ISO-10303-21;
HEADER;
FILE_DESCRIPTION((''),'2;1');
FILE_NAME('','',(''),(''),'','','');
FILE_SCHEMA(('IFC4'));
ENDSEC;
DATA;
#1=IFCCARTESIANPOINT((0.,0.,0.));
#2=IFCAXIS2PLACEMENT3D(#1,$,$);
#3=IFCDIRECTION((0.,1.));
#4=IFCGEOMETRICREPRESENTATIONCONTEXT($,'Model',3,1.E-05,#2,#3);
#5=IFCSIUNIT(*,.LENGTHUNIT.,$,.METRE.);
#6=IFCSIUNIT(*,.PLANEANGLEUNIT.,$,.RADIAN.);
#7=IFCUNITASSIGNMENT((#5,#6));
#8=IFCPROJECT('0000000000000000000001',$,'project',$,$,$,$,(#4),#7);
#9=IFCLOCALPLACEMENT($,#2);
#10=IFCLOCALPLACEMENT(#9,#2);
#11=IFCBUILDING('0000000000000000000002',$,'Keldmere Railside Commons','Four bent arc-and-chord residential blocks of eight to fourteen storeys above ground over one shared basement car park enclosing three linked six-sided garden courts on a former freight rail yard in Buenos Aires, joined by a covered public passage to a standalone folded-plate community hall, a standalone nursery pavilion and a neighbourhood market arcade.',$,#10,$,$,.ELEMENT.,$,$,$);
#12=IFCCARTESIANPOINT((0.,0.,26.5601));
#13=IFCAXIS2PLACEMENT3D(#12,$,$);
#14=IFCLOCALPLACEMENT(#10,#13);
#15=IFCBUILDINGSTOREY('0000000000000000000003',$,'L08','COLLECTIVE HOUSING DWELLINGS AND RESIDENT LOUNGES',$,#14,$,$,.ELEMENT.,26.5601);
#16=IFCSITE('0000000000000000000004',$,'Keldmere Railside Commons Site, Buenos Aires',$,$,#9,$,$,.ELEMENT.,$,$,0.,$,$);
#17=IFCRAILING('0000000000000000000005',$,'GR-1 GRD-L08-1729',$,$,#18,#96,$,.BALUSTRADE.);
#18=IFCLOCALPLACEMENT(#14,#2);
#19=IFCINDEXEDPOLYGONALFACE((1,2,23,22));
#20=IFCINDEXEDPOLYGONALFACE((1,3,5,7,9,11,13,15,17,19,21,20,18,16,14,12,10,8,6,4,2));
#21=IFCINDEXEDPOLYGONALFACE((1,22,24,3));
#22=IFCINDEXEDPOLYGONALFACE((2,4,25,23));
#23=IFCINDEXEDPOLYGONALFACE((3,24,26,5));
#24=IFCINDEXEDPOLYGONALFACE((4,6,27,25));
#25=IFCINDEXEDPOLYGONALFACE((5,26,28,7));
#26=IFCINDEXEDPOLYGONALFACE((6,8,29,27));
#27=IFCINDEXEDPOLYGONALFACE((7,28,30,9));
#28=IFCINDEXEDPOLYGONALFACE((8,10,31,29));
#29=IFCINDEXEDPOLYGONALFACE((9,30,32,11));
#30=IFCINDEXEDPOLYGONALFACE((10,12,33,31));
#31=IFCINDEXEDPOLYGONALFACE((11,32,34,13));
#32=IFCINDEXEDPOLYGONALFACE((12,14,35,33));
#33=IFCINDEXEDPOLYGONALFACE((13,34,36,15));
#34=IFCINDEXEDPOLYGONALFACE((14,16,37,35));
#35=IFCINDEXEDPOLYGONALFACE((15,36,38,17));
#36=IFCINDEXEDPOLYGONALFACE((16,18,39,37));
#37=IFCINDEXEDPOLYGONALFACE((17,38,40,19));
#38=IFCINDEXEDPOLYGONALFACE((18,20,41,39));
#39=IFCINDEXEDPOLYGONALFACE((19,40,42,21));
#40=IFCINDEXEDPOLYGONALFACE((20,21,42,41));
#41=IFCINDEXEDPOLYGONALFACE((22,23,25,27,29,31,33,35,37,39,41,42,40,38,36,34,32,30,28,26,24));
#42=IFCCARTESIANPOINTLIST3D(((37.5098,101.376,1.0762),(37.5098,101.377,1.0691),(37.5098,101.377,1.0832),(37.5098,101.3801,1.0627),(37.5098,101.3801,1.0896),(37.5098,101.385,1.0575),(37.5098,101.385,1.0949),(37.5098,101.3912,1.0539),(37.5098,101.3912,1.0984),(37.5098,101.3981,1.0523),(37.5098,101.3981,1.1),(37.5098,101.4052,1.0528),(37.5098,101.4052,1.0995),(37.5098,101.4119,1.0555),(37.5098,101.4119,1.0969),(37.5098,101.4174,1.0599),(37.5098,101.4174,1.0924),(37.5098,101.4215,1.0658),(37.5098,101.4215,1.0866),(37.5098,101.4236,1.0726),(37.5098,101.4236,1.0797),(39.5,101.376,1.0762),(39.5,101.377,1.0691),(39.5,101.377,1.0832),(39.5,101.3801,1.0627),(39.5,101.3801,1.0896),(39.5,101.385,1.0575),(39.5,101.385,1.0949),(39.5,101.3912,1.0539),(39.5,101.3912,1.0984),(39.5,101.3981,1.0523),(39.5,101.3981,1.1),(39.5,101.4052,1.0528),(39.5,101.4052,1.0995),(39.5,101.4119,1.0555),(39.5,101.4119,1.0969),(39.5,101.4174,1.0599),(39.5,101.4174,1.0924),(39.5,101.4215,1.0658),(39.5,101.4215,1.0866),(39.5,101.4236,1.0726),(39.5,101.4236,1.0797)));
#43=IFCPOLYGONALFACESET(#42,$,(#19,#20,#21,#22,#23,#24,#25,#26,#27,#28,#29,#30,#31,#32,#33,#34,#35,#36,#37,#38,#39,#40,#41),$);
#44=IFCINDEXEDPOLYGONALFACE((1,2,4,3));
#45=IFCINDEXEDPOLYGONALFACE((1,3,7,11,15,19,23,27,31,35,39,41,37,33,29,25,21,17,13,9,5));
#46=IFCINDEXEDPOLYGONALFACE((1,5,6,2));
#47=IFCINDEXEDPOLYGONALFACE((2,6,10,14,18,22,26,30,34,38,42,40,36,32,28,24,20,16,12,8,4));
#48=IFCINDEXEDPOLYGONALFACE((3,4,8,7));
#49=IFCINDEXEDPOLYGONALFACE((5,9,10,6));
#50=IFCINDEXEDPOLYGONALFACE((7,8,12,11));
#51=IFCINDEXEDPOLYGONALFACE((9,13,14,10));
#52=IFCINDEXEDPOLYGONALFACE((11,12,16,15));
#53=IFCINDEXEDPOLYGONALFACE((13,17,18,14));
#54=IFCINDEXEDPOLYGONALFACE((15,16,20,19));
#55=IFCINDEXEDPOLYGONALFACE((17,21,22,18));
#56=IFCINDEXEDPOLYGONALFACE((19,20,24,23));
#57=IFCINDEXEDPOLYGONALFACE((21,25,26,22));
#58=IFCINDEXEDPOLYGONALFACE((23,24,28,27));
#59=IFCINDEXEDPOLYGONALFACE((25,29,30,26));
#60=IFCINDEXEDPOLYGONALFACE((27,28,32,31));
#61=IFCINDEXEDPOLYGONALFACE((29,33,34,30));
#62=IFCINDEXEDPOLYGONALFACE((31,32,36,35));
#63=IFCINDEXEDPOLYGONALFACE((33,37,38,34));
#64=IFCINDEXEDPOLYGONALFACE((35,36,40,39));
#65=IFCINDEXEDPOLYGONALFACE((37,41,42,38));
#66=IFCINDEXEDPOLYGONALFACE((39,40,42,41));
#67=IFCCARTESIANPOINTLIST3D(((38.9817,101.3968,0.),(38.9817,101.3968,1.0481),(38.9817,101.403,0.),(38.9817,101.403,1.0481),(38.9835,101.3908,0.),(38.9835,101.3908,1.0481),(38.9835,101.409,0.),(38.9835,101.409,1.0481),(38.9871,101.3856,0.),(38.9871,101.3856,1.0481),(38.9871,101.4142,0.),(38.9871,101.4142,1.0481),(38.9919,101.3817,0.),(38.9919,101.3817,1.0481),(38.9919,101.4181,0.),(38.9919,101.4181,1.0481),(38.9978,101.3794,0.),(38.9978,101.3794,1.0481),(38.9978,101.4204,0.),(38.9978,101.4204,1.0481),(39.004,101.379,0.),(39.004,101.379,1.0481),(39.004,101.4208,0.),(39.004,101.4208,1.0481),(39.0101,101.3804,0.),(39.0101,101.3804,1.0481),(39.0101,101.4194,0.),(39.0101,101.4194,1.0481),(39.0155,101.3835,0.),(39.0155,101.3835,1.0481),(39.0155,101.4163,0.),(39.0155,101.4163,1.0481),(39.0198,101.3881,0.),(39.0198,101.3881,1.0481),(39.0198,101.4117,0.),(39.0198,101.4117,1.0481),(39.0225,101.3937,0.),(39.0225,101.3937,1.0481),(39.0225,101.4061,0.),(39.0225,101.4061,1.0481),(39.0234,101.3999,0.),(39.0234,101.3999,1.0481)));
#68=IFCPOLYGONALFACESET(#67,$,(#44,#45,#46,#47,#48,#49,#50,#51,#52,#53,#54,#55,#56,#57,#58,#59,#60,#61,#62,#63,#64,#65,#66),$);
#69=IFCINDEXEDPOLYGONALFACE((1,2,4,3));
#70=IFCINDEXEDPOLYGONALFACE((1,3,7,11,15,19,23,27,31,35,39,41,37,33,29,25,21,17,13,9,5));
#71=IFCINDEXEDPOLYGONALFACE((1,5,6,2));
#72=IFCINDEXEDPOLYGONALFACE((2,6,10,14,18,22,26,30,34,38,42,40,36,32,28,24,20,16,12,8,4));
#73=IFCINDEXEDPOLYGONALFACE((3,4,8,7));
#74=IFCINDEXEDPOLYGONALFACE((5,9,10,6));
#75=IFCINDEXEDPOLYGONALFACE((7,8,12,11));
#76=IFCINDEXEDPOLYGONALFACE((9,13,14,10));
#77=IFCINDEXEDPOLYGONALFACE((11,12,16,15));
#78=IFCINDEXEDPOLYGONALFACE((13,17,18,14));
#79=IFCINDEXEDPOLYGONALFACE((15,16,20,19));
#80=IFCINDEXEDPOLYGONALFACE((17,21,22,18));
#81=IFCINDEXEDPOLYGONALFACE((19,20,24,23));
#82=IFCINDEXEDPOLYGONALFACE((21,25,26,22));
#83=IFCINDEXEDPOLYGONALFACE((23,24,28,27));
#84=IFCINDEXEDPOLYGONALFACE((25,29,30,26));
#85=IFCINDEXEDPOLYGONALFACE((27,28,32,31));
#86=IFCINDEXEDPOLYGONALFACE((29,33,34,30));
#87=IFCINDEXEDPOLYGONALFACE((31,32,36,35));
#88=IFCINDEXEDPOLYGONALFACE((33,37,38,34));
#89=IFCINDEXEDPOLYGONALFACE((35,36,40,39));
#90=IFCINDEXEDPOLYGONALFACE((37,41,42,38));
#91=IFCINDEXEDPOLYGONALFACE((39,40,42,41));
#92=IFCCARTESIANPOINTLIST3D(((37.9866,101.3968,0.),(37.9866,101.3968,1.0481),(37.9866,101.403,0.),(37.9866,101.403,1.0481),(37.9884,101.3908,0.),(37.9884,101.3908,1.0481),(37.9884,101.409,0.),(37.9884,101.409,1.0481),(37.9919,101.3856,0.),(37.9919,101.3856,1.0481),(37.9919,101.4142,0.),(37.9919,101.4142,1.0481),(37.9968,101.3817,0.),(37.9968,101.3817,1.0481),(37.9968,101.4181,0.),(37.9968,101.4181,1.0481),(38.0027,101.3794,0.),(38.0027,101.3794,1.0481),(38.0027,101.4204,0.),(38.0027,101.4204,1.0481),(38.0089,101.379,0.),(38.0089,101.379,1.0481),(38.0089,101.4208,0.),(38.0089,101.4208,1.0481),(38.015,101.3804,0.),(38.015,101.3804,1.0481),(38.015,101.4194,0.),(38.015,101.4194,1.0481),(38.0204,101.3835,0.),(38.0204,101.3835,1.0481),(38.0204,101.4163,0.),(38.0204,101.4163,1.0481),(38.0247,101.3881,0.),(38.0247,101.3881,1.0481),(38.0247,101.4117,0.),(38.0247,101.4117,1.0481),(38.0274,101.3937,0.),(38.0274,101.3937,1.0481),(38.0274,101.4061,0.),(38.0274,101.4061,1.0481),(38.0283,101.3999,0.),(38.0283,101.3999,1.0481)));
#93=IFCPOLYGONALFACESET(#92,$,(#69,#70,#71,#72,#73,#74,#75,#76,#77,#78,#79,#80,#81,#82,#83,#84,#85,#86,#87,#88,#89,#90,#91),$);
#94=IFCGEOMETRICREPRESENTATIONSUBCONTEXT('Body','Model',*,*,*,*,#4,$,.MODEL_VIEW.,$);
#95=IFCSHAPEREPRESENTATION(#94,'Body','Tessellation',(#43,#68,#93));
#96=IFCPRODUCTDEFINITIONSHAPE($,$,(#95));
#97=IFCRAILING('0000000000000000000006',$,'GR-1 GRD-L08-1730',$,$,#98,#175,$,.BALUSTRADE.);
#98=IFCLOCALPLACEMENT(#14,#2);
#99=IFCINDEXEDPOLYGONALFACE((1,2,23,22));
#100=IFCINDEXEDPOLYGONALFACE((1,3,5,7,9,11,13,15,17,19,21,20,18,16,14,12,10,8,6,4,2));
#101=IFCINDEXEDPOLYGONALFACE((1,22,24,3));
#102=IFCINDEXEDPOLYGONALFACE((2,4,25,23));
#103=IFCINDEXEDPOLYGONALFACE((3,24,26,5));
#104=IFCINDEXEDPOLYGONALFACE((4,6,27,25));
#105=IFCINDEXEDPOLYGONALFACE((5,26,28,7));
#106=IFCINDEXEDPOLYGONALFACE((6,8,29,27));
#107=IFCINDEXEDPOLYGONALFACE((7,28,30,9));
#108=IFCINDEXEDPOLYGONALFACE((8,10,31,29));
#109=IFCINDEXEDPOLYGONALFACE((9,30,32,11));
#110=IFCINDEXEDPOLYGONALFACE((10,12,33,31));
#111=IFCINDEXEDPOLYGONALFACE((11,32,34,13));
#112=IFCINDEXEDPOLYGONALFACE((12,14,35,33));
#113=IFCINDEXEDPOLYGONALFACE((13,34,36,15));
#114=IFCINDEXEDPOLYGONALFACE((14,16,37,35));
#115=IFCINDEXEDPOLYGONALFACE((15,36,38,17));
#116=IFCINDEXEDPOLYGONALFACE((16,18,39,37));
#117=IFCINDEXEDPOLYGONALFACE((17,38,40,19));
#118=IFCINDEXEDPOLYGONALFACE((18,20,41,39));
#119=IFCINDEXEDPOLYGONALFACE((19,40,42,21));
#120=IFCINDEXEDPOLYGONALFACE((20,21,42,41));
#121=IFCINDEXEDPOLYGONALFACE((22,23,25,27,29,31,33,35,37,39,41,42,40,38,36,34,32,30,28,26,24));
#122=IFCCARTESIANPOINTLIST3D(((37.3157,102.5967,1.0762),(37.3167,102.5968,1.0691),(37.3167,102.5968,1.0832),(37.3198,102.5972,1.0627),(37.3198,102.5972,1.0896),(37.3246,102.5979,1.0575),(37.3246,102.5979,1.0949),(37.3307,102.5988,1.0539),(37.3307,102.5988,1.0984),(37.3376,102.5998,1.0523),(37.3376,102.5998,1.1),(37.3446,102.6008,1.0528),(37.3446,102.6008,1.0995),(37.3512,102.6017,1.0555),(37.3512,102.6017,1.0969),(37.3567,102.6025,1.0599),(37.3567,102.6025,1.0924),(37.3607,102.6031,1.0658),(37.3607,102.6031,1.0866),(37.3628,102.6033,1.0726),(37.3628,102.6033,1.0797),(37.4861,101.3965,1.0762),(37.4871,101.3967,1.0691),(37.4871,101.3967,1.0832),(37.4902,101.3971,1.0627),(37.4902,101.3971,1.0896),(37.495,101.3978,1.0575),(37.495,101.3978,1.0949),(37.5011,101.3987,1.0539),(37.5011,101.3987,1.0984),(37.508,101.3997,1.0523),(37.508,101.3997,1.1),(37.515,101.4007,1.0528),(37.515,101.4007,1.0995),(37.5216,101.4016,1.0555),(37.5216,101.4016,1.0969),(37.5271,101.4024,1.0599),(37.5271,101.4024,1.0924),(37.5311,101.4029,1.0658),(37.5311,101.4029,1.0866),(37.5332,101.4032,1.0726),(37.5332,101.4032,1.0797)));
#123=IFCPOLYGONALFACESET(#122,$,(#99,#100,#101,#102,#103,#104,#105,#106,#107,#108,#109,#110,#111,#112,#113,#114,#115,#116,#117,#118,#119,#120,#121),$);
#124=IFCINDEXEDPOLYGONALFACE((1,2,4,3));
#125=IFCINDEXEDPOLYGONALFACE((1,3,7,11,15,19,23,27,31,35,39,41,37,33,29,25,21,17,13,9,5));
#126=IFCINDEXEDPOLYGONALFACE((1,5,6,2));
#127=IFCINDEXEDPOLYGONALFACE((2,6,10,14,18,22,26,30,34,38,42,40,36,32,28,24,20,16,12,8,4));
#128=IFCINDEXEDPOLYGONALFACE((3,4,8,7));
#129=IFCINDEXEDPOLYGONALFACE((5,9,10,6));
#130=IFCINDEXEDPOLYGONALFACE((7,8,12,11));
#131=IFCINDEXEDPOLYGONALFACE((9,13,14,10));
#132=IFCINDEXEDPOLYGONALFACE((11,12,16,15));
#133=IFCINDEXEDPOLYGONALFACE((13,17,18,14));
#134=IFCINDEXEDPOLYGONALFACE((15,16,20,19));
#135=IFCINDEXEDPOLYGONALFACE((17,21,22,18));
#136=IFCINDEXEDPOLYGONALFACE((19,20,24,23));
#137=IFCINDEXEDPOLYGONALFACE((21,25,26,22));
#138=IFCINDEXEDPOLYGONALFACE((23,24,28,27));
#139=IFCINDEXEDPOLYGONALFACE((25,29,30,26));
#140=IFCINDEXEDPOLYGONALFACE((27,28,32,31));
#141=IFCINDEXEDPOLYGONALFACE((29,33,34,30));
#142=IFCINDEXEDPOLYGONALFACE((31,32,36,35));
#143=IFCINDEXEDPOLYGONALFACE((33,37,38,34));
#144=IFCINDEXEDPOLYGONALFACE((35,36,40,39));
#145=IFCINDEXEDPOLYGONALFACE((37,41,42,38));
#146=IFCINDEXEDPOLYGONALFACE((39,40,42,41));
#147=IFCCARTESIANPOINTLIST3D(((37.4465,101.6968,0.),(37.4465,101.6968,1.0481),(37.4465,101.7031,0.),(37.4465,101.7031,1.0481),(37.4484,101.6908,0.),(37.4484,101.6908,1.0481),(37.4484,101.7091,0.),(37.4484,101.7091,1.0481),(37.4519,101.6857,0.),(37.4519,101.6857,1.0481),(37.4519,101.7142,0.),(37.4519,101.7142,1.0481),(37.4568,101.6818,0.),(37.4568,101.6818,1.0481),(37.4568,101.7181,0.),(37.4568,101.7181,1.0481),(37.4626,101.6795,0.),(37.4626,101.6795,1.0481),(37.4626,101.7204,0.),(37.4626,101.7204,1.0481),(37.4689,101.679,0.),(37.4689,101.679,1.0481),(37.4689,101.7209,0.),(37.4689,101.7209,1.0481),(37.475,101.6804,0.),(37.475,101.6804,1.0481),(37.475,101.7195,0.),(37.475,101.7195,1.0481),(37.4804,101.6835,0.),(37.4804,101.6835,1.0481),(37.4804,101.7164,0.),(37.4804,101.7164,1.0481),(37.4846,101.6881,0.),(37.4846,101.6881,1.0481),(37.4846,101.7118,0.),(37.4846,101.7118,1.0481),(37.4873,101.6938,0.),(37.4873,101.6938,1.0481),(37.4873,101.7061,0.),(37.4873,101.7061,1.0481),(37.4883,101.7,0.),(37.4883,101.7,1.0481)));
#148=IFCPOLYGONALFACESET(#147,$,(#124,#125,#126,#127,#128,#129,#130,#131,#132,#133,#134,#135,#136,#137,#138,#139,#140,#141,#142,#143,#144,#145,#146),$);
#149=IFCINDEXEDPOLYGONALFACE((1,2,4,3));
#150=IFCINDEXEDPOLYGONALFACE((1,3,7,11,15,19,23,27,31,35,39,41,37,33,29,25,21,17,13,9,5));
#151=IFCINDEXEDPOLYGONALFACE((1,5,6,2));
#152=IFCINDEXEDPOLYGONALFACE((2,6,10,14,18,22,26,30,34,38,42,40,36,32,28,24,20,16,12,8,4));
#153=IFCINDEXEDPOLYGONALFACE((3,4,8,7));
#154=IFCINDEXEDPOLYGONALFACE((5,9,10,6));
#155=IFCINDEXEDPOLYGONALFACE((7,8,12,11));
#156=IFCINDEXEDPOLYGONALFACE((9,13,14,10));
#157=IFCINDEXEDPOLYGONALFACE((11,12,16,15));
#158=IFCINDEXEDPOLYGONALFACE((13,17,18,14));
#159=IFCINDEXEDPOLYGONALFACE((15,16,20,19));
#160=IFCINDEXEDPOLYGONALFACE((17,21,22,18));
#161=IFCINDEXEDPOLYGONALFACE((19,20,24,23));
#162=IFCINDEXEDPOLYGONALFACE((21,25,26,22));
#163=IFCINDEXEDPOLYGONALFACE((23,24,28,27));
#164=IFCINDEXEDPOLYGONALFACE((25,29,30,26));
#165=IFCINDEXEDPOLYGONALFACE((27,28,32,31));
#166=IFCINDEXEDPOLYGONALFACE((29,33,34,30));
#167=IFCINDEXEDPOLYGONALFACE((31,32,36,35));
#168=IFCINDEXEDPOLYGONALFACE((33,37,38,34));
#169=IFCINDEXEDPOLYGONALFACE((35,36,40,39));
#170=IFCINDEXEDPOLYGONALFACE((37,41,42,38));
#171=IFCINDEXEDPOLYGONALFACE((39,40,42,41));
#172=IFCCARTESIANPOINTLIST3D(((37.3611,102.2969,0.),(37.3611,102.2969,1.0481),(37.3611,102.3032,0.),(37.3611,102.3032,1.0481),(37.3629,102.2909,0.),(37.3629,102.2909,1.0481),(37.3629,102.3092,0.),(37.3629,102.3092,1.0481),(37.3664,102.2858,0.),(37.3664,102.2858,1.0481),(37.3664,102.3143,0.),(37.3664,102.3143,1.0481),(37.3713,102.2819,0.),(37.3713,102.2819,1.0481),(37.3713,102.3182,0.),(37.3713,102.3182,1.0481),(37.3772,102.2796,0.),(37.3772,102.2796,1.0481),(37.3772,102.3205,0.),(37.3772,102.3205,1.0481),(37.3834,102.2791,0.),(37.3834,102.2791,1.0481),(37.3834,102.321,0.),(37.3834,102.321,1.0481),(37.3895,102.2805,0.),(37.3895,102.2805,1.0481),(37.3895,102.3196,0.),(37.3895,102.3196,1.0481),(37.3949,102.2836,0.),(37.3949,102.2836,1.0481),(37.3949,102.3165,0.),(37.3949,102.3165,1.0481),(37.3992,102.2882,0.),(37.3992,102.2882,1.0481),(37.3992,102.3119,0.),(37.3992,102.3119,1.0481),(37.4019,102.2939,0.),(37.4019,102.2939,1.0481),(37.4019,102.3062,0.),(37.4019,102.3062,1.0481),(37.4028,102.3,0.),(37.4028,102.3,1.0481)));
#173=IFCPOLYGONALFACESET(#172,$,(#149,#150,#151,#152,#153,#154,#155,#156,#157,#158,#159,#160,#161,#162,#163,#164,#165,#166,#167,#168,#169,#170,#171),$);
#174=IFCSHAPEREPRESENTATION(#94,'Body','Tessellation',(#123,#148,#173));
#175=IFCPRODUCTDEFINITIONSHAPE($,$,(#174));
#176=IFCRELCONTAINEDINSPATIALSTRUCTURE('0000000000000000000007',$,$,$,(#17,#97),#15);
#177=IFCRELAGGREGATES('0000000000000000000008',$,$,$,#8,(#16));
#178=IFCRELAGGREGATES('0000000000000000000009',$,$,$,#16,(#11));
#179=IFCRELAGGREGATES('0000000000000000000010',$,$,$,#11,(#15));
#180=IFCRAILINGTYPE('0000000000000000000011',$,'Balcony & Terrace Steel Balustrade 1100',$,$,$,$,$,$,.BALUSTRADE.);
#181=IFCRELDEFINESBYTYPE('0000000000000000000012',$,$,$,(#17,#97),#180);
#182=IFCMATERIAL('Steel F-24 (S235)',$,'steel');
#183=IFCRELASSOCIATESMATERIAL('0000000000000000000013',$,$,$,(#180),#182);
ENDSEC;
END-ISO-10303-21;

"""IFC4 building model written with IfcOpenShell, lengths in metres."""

from ifc_helpers import new_model, si_unit, direction, frame, origin, origin_2d, place, context, subcontext, project, spatial, circle, extrude, material, type_object, element, save


model = new_model("IFC4")

# Units and contexts
model_context = context("Model", 3, precision=1e-05, world=origin(), true_north=direction((0.0, 1.0)))
body_context = subcontext(model_context, "Body", "Model", "MODEL_VIEW")
ifc_project = project(units=[si_unit("LENGTHUNIT", "METRE"), si_unit("PLANEANGLEUNIT", "RADIAN")], contexts=[model_context])

# Site, building, storey
site_placement = place(None, origin())
site = spatial("IfcSite", under=ifc_project, at=site_placement, Name="Keldmere Railside Commons Site, Buenos Aires", CompositionType="ELEMENT", RefElevation=0.0)
building_placement = place(site_placement, origin())
building = spatial("IfcBuilding", under=site, at=building_placement, Name="Keldmere Railside Commons", Description="Four bent arc-and-chord residential blocks of eight to fourteen storeys above ground over one shared basement car park enclosing three linked six-sided garden courts on a former freight rail yard in Buenos Aires, joined by a covered public passage to a standalone folded-plate community hall, a standalone nursery pavilion and a neighbourhood market arcade.", CompositionType="ELEMENT")
storey_placement = place(building_placement, frame((0.0, 0.0, 26.5601)))
storey = spatial("IfcBuildingStorey", under=building, at=storey_placement, Name="L08", Description="COLLECTIVE HOUSING DWELLINGS AND RESIDENT LOUNGES", CompositionType="ELEMENT", Elevation=26.5601)

# Railings
ifc_material_1 = material(Name="Steel F-24 (S235)", Category="steel")
railing_type = type_object("IfcRailingType", Name="Balcony & Terrace Steel Balustrade 1100", PredefinedType="BALUSTRADE", material=ifc_material_1)
railing_1_placement = place(storey_placement, frame((39.5, 101.3999, 0.0)))
element("IfcRailing", 1, at=railing_1_placement, inside=storey, type_object=railing_type, Name="GR-1 GRD-L08-1729", PredefinedType="BALUSTRADE", context=body_context, shape_type="SweptSolid", body=[
    extrude(circle(Radius=0.0239, at=origin_2d()), frame((0.0, 0.0, 1.0762), z_axis=(-1.0, 0.0, 0.0), x_axis=(0.0, -1.0, 0.0)), (0.0, 0.0, 1.0), 1.9902),
    extrude(circle(Radius=0.021, at=origin_2d()), frame((-0.4976, 0.0, 0.0)), (0.0, 0.0, 1.0), 1.0481),
    extrude(circle(Radius=0.021, at=origin_2d()), frame((-1.4927, 0.0, 0.0)), (0.0, 0.0, 1.0), 1.0481),
])
railing_2_placement = place(storey_placement, frame((37.5098, 101.3999, 0.0)))
element("IfcRailing", 2, at=railing_2_placement, inside=storey, type_object=railing_type, Name="GR-1 GRD-L08-1730", PredefinedType="BALUSTRADE", context=body_context, shape_type="SweptSolid", body=[
    extrude(circle(Radius=0.0239, at=origin_2d()), frame((0.0, 0.0, 1.0762), z_axis=(-0.140575, 0.99007, 0.0), x_axis=(-0.99007, -0.140575, 0.0)), (0.0, 0.0, 1.0), 1.2122),
    extrude(circle(Radius=0.021, at=origin_2d()), frame((-0.0425, 0.3, 0.0)), (0.0, 0.0, 1.0), 1.0481),
    extrude(circle(Radius=0.021, at=origin_2d()), frame((-0.1279, 0.9001, 0.0)), (0.0, 0.0, 1.0), 1.0481),
])

save(model, "model.ifc")
